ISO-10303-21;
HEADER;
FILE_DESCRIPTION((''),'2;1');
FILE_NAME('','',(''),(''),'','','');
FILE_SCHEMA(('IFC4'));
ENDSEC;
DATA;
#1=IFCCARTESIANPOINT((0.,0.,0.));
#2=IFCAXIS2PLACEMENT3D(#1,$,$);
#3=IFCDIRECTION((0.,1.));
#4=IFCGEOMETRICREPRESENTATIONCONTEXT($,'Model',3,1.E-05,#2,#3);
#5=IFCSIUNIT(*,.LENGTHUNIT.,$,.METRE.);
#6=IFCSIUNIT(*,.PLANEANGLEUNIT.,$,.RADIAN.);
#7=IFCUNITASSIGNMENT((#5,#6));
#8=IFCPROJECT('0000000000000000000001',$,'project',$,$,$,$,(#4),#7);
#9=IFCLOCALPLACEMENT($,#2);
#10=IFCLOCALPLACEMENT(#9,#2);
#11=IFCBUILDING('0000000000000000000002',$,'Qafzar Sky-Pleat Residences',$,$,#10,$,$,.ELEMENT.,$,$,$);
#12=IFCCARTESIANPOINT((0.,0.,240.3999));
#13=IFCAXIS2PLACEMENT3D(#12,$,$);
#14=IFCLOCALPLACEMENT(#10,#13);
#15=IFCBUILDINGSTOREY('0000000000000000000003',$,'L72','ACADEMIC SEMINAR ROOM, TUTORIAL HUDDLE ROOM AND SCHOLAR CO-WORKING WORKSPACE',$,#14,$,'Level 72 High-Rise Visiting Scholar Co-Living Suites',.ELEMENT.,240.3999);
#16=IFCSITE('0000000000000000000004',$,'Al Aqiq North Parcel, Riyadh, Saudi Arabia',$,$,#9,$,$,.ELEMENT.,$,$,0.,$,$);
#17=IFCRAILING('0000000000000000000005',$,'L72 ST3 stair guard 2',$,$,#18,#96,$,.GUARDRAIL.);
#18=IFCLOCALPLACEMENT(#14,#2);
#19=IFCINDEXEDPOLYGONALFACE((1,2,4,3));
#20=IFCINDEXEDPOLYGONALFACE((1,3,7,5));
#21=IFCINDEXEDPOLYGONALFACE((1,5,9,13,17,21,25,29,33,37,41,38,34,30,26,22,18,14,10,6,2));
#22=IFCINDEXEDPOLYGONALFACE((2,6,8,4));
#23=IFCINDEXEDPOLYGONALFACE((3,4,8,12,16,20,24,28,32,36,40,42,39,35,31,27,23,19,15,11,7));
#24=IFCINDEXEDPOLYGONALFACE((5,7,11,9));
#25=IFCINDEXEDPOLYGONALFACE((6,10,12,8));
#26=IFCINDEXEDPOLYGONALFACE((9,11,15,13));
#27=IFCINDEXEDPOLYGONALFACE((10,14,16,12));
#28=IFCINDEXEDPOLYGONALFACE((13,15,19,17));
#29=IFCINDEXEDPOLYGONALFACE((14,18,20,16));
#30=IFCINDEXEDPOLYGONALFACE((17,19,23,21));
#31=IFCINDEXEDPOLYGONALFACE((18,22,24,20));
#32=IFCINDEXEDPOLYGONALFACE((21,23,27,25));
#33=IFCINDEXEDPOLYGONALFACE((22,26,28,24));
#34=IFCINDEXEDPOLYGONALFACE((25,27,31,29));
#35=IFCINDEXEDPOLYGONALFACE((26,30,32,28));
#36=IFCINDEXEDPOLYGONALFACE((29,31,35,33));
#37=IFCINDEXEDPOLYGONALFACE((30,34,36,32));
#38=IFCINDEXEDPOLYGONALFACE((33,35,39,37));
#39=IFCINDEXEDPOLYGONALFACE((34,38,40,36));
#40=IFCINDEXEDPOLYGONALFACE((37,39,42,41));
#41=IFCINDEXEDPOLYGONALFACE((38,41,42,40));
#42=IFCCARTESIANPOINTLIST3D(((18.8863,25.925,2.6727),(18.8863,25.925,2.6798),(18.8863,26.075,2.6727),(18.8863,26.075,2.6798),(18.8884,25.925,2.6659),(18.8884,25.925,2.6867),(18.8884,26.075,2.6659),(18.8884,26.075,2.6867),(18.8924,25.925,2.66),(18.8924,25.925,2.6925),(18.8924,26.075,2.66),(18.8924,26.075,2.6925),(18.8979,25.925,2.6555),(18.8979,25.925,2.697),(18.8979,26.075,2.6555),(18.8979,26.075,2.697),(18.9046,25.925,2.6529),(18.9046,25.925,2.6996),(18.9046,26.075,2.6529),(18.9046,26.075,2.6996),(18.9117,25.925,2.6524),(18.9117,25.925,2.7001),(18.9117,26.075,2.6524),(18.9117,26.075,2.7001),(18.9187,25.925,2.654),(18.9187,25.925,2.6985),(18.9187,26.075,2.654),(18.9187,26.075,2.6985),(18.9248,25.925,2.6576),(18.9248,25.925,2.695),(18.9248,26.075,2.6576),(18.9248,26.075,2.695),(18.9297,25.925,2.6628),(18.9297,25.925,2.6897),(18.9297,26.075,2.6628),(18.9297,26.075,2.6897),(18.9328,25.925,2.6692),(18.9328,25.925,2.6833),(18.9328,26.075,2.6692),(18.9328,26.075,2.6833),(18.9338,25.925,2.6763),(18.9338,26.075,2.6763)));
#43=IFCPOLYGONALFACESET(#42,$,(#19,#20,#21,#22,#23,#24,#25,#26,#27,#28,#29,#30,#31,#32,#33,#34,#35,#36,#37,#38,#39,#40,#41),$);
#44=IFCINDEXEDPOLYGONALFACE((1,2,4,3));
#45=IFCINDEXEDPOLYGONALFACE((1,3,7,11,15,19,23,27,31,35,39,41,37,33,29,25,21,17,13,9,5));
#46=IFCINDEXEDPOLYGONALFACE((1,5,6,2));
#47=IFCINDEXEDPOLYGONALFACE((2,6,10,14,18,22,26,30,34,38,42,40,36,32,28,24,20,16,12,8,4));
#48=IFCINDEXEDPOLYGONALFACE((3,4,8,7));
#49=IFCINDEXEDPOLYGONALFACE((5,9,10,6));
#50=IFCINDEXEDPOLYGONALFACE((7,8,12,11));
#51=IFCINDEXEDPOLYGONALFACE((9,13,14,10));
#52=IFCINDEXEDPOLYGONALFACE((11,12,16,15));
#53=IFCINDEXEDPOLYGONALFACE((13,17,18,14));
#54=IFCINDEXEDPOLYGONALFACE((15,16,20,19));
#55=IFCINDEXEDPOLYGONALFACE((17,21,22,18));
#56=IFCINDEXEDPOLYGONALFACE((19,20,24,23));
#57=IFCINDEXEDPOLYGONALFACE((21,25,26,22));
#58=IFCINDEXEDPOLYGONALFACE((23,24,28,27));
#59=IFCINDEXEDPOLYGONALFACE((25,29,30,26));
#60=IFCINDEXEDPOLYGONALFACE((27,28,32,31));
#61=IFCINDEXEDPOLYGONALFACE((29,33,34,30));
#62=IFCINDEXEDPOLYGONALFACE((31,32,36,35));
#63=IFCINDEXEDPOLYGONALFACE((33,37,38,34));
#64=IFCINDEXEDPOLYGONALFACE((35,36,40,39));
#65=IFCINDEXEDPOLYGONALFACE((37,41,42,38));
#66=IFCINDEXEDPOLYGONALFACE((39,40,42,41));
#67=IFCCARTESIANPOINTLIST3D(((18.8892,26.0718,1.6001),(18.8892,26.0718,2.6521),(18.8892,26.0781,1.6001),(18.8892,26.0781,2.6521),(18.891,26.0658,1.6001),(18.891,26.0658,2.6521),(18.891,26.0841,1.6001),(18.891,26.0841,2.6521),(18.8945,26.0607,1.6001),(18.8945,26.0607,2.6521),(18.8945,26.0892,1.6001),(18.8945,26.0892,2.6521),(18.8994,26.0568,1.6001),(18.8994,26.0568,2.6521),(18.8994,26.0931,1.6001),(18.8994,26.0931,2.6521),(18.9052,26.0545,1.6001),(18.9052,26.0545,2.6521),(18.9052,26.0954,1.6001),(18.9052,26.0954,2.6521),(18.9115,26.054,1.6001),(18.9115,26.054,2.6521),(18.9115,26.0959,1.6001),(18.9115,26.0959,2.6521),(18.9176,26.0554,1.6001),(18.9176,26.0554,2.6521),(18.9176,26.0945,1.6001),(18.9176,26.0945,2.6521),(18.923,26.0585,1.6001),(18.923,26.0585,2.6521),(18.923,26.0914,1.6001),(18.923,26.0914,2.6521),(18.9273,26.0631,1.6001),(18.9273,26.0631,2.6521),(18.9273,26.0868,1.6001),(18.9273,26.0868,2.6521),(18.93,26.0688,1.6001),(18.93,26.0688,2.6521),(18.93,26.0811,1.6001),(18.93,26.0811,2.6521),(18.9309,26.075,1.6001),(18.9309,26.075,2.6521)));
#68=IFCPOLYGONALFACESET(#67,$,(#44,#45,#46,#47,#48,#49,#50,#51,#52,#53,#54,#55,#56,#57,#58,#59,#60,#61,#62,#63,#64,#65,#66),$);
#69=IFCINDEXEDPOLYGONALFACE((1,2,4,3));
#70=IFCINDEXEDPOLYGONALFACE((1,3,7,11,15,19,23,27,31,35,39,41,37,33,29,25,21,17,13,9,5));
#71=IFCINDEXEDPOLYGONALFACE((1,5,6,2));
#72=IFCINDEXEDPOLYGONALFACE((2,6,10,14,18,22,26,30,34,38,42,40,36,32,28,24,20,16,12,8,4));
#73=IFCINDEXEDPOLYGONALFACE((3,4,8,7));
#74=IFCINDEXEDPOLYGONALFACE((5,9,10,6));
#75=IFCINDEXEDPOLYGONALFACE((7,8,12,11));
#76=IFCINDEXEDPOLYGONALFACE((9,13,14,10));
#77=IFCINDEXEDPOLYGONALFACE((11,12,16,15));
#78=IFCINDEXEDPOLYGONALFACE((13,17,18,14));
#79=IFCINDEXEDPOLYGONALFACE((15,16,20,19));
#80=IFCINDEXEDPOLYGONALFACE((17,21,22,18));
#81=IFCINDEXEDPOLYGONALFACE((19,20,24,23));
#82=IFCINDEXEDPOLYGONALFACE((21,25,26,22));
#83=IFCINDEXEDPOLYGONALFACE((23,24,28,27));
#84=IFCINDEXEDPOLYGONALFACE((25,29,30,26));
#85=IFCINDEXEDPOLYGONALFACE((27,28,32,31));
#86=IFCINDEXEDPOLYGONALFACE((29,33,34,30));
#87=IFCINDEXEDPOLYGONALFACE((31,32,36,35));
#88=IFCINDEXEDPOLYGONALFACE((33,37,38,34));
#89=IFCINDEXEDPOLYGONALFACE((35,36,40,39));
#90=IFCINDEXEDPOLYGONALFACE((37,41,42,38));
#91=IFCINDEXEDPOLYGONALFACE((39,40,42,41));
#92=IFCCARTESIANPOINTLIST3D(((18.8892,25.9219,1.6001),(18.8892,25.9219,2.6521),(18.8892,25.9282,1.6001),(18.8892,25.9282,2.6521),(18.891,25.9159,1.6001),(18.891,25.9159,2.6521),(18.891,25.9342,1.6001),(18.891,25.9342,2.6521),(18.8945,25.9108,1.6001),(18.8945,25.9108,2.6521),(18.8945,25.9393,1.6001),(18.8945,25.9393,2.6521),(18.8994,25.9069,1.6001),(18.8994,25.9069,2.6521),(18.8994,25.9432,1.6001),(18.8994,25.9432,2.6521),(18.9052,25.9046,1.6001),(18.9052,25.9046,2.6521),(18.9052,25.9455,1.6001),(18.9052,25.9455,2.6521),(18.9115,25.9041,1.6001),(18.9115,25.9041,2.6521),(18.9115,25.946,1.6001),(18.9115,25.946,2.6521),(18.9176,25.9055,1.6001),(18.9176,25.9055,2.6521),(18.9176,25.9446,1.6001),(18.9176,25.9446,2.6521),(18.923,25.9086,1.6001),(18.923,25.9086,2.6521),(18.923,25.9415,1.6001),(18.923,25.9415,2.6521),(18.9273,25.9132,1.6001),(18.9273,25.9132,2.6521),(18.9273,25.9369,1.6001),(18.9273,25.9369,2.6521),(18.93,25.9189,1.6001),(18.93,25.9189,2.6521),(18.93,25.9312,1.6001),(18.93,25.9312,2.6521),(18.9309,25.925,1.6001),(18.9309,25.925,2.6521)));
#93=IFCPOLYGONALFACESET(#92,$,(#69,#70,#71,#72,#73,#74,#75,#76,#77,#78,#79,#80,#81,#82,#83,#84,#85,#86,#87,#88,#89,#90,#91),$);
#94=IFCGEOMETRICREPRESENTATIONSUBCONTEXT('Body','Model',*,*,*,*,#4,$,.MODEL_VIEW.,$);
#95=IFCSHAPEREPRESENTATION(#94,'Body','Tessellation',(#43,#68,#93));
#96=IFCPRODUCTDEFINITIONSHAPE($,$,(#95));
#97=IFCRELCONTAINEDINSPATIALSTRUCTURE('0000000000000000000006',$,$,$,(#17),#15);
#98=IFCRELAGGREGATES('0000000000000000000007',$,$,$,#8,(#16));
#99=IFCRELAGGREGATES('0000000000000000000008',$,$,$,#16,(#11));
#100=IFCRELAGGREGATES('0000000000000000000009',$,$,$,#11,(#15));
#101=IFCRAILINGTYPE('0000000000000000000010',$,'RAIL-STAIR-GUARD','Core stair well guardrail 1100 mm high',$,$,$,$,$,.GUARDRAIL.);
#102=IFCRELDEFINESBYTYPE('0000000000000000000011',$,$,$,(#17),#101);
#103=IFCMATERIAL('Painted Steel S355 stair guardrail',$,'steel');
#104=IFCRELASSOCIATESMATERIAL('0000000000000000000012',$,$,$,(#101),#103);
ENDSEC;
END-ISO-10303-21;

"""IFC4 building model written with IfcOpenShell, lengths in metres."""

from ifc_helpers import new_model, si_unit, direction, frame, origin, origin_2d, place, context, subcontext, project, spatial, circle, extrude, source, transform, mapped, material, type_object, element, save


model = new_model("IFC4")

# Units and contexts
model_context = context("Model", 3, precision=1e-05, world=origin(), true_north=direction((0.0, 1.0)))
body_context = subcontext(model_context, "Body", "Model", "MODEL_VIEW")
ifc_project = project(units=[si_unit("LENGTHUNIT", "METRE"), si_unit("PLANEANGLEUNIT", "RADIAN")], contexts=[model_context])

# Site, building, storey
site_placement = place(None, origin())
site = spatial("IfcSite", under=ifc_project, at=site_placement, Name="Al Aqiq North Parcel, Riyadh, Saudi Arabia", CompositionType="ELEMENT", RefElevation=0.0)
building_placement = place(site_placement, origin())
building = spatial("IfcBuilding", under=site, at=building_placement, Name="Qafzar Sky-Pleat Residences", CompositionType="ELEMENT")
storey_placement = place(building_placement, frame((0.0, 0.0, 240.3999)))
storey = spatial("IfcBuildingStorey", under=building, at=storey_placement, Name="L72", Description="ACADEMIC SEMINAR ROOM, TUTORIAL HUDDLE ROOM AND SCHOLAR CO-WORKING WORKSPACE", LongName="Level 72 High-Rise Visiting Scholar Co-Living Suites", CompositionType="ELEMENT", Elevation=240.3999)

# Railing
ifc_material_1 = material(Name="Painted Steel S355 stair guardrail", Category="steel")
railing_type_1 = type_object("IfcRailingType", Name="RAIL-STAIR-GUARD", Description="Core stair well guardrail 1100 mm high", PredefinedType="GUARDRAIL", material=ifc_material_1)
shared_shape_1 = source(origin(), body_context, "Body", "SweptSolid", [
    extrude(circle(Radius=0.0239, at=origin_2d()), frame((0.0, 0.0, 1.0762), z_axis=(0.0, -1.0, 0.0), x_axis=(1.0, 0.0, 0.0)), (0.0, 0.0, 1.0), 0.1499),
    extrude(circle(Radius=0.021, at=origin_2d()), origin(), (0.0, 0.0, 1.0), 1.052),
    extrude(circle(Radius=0.021, at=origin_2d()), frame((0.0, -0.1499, 0.0)), (0.0, 0.0, 1.0), 1.052),
])
railing_1_placement = place(storey_placement, frame((18.9099, 26.075, 1.6001)))
element("IfcRailing", 1, at=railing_1_placement, inside=storey, type_object=railing_type_1, Name="L72 ST3 stair guard 2", PredefinedType="GUARDRAIL", context=body_context, shape_type="MappedRepresentation", body=[
    mapped(shared_shape_1, transform((0.0, 0.0, 0.0), x_axis=(1.0, 0.0, 0.0), y_axis=(0.0, 1.0, 0.0), z_axis=(0.0, 0.0, 1.0), scale=1.0)),
])

save(model, "model.ifc")
